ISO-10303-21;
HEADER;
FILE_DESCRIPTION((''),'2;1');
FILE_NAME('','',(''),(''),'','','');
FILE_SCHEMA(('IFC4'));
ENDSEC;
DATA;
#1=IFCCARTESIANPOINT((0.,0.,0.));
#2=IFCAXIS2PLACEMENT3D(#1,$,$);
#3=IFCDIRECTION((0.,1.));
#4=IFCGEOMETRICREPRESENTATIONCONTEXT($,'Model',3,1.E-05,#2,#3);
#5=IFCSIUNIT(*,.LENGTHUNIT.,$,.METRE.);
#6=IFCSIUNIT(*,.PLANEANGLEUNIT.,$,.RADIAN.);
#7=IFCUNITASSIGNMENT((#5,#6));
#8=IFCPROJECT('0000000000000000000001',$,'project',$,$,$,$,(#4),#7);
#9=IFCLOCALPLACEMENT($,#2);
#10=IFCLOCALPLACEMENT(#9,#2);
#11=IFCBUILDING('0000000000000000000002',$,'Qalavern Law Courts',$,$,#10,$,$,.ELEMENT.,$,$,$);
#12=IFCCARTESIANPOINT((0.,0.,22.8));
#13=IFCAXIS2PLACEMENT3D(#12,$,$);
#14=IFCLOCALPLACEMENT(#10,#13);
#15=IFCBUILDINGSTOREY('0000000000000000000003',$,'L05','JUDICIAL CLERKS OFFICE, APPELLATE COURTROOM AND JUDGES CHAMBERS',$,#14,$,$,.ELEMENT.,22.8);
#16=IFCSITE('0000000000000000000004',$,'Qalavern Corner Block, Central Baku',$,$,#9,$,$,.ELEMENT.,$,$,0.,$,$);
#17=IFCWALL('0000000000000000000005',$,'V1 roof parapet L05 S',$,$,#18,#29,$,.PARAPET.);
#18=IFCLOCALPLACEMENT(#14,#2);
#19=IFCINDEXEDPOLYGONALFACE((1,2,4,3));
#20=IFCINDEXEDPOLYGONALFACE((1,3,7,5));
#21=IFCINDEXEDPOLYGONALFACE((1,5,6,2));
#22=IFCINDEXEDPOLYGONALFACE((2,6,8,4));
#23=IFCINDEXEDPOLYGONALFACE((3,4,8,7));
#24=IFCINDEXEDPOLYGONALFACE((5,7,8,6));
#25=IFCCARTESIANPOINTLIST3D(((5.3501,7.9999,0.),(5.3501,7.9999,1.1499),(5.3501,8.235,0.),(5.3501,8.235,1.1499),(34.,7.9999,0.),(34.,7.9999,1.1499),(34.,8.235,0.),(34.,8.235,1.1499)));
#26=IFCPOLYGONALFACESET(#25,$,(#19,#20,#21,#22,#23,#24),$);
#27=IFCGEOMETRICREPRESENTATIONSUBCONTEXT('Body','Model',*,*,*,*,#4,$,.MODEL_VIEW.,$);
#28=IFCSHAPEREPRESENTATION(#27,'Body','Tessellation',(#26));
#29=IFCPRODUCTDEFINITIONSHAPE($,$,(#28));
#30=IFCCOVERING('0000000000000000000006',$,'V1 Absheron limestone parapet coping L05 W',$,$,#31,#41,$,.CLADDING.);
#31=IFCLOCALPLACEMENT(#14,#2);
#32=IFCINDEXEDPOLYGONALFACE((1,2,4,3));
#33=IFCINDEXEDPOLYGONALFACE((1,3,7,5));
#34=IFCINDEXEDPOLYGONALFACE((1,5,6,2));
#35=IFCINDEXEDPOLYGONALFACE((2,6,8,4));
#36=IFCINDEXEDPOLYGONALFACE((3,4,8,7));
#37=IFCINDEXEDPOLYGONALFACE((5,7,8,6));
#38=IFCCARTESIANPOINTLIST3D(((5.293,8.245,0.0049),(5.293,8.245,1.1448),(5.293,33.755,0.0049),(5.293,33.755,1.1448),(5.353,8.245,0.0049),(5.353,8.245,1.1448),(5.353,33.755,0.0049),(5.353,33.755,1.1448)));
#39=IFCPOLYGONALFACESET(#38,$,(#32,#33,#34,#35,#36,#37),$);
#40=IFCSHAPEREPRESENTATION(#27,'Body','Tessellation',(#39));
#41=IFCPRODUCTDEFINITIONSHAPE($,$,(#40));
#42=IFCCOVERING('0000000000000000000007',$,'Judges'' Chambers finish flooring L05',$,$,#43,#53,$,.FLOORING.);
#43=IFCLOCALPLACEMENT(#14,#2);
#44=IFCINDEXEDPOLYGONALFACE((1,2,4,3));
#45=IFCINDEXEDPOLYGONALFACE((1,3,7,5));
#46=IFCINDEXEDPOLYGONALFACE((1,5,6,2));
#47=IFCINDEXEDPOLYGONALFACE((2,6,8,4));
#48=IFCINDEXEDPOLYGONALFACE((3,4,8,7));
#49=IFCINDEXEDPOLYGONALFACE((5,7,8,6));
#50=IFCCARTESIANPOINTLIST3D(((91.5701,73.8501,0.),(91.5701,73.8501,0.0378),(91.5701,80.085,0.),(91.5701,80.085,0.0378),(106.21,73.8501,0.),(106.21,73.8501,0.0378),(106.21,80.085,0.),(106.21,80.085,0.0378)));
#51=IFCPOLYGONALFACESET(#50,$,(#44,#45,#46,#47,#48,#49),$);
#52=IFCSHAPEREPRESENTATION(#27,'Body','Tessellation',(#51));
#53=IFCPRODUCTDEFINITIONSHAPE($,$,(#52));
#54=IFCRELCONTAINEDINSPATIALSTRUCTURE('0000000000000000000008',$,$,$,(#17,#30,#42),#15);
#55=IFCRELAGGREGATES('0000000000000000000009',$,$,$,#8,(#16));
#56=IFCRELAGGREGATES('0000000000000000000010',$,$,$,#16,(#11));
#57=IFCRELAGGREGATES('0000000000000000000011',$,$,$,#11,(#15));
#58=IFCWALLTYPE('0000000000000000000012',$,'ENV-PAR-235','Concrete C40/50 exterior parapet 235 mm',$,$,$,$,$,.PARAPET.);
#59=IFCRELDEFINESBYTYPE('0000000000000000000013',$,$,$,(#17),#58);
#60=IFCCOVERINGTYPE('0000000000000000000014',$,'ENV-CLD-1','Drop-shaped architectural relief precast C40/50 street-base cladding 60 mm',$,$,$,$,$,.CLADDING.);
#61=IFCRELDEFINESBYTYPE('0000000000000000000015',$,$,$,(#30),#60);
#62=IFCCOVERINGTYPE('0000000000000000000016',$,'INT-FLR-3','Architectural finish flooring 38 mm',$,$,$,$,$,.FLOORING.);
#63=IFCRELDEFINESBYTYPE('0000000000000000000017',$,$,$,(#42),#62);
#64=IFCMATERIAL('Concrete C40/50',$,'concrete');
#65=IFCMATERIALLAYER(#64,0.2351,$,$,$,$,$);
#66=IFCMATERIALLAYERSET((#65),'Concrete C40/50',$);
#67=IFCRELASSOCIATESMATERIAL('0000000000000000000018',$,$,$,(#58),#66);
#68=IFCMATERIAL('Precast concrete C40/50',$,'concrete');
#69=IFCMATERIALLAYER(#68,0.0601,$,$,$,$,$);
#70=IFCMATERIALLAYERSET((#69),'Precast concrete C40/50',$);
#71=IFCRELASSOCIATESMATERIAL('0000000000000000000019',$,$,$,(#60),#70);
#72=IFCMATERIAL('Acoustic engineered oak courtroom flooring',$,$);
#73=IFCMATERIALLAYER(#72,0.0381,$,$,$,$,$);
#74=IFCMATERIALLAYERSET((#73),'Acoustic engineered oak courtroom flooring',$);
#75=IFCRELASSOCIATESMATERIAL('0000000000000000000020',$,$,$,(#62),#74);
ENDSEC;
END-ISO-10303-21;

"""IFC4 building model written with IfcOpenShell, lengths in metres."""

from ifc_helpers import new_model, si_unit, direction, frame, frame_2d, origin, origin_2d, place, context, subcontext, project, spatial, polyline, rectangle, outline, extrude, material, layer, layer_set, type_object, element, save


model = new_model("IFC4")

# Units and contexts
model_context = context("Model", 3, precision=1e-05, world=origin(), true_north=direction((0.0, 1.0)))
body_context = subcontext(model_context, "Body", "Model", "MODEL_VIEW")
ifc_project = project(units=[si_unit("LENGTHUNIT", "METRE"), si_unit("PLANEANGLEUNIT", "RADIAN")], contexts=[model_context])

# Site, building, storey
site_placement = place(None, origin())
site = spatial("IfcSite", under=ifc_project, at=site_placement, Name="Qalavern Corner Block, Central Baku", CompositionType="ELEMENT", RefElevation=0.0)
building_placement = place(site_placement, origin())
building = spatial("IfcBuilding", under=site, at=building_placement, Name="Qalavern Law Courts", CompositionType="ELEMENT")
storey_placement = place(building_placement, frame((0.0, 0.0, 22.8)))
storey = spatial("IfcBuildingStorey", under=building, at=storey_placement, Name="L05", Description="JUDICIAL CLERKS OFFICE, APPELLATE COURTROOM AND JUDGES CHAMBERS", CompositionType="ELEMENT", Elevation=22.8)

# Wall
ifc_material_1 = material(Name="Concrete C40/50", Category="concrete")
ifc_layer_1 = layer(ifc_material_1, 0.2351)
ifc_layer_set_1 = layer_set([ifc_layer_1], Name="Concrete C40/50")
wall_type = type_object("IfcWallType", Name="ENV-PAR-235", Description="Concrete C40/50 exterior parapet 235 mm", PredefinedType="PARAPET", material=ifc_layer_set_1)
wall_placement = place(storey_placement, frame((5.3501, 8.1174, 0.0), z_axis=(0.0, 0.0, 1.0), x_axis=(1.0, 0.0, 0.0)))
element("IfcWall", 1, at=wall_placement, inside=storey, type_object=wall_type, Name="V1 roof parapet L05 S", PredefinedType="PARAPET", context=body_context, shape_type="SweptSolid", body=[
    extrude(rectangle(XDim=28.6499, YDim=0.2351, at=frame_2d((14.325, 0.0))), origin(), (0.0, 0.0, 1.0), 1.1499),
])

# Coverings
ifc_material_2 = material(Name="Precast concrete C40/50", Category="concrete")
ifc_layer_2 = layer(ifc_material_2, 0.0601)
ifc_layer_set_2 = layer_set([ifc_layer_2], Name="Precast concrete C40/50")
covering_type_1 = type_object("IfcCoveringType", Name="ENV-CLD-1", Description="Drop-shaped architectural relief precast C40/50 street-base cladding 60 mm", PredefinedType="CLADDING", material=ifc_layer_set_2)
covering_1_placement = place(storey_placement, frame((5.323, 21.0, 0.0049), z_axis=(0.0, 0.0, 1.0), x_axis=(0.0, -1.0, 0.0)))
element("IfcCovering", 2, at=covering_1_placement, inside=storey, type_object=covering_type_1, Name="V1 Absheron limestone parapet coping L05 W", PredefinedType="CLADDING", context=body_context, shape_type="SweptSolid", body=[
    extrude(rectangle(XDim=25.51, YDim=0.0601, at=origin_2d()), origin(), (0.0, 0.0, 1.0), 1.1399),
])
ifc_material_3 = material(Name="Acoustic engineered oak courtroom flooring")
ifc_layer_3 = layer(ifc_material_3, 0.0381)
ifc_layer_set_3 = layer_set([ifc_layer_3], Name="Acoustic engineered oak courtroom flooring")
covering_type_2 = type_object("IfcCoveringType", Name="INT-FLR-3", Description="Architectural finish flooring 38 mm", PredefinedType="FLOORING", material=ifc_layer_set_3)
covering_2_placement = place(storey_placement, origin())
element("IfcCovering", 3, at=covering_2_placement, inside=storey, type_object=covering_type_2, Name="Judges' Chambers finish flooring L05", PredefinedType="FLOORING", context=body_context, shape_type="SweptSolid", body=[
    extrude(outline(polyline([(91.5701, 73.8501), (106.21, 73.8501), (106.21, 80.085), (91.5701, 80.085), (91.5701, 73.8501)])), origin(), (0.0, 0.0, 1.0), 0.0378),
])

save(model, "model.ifc")
